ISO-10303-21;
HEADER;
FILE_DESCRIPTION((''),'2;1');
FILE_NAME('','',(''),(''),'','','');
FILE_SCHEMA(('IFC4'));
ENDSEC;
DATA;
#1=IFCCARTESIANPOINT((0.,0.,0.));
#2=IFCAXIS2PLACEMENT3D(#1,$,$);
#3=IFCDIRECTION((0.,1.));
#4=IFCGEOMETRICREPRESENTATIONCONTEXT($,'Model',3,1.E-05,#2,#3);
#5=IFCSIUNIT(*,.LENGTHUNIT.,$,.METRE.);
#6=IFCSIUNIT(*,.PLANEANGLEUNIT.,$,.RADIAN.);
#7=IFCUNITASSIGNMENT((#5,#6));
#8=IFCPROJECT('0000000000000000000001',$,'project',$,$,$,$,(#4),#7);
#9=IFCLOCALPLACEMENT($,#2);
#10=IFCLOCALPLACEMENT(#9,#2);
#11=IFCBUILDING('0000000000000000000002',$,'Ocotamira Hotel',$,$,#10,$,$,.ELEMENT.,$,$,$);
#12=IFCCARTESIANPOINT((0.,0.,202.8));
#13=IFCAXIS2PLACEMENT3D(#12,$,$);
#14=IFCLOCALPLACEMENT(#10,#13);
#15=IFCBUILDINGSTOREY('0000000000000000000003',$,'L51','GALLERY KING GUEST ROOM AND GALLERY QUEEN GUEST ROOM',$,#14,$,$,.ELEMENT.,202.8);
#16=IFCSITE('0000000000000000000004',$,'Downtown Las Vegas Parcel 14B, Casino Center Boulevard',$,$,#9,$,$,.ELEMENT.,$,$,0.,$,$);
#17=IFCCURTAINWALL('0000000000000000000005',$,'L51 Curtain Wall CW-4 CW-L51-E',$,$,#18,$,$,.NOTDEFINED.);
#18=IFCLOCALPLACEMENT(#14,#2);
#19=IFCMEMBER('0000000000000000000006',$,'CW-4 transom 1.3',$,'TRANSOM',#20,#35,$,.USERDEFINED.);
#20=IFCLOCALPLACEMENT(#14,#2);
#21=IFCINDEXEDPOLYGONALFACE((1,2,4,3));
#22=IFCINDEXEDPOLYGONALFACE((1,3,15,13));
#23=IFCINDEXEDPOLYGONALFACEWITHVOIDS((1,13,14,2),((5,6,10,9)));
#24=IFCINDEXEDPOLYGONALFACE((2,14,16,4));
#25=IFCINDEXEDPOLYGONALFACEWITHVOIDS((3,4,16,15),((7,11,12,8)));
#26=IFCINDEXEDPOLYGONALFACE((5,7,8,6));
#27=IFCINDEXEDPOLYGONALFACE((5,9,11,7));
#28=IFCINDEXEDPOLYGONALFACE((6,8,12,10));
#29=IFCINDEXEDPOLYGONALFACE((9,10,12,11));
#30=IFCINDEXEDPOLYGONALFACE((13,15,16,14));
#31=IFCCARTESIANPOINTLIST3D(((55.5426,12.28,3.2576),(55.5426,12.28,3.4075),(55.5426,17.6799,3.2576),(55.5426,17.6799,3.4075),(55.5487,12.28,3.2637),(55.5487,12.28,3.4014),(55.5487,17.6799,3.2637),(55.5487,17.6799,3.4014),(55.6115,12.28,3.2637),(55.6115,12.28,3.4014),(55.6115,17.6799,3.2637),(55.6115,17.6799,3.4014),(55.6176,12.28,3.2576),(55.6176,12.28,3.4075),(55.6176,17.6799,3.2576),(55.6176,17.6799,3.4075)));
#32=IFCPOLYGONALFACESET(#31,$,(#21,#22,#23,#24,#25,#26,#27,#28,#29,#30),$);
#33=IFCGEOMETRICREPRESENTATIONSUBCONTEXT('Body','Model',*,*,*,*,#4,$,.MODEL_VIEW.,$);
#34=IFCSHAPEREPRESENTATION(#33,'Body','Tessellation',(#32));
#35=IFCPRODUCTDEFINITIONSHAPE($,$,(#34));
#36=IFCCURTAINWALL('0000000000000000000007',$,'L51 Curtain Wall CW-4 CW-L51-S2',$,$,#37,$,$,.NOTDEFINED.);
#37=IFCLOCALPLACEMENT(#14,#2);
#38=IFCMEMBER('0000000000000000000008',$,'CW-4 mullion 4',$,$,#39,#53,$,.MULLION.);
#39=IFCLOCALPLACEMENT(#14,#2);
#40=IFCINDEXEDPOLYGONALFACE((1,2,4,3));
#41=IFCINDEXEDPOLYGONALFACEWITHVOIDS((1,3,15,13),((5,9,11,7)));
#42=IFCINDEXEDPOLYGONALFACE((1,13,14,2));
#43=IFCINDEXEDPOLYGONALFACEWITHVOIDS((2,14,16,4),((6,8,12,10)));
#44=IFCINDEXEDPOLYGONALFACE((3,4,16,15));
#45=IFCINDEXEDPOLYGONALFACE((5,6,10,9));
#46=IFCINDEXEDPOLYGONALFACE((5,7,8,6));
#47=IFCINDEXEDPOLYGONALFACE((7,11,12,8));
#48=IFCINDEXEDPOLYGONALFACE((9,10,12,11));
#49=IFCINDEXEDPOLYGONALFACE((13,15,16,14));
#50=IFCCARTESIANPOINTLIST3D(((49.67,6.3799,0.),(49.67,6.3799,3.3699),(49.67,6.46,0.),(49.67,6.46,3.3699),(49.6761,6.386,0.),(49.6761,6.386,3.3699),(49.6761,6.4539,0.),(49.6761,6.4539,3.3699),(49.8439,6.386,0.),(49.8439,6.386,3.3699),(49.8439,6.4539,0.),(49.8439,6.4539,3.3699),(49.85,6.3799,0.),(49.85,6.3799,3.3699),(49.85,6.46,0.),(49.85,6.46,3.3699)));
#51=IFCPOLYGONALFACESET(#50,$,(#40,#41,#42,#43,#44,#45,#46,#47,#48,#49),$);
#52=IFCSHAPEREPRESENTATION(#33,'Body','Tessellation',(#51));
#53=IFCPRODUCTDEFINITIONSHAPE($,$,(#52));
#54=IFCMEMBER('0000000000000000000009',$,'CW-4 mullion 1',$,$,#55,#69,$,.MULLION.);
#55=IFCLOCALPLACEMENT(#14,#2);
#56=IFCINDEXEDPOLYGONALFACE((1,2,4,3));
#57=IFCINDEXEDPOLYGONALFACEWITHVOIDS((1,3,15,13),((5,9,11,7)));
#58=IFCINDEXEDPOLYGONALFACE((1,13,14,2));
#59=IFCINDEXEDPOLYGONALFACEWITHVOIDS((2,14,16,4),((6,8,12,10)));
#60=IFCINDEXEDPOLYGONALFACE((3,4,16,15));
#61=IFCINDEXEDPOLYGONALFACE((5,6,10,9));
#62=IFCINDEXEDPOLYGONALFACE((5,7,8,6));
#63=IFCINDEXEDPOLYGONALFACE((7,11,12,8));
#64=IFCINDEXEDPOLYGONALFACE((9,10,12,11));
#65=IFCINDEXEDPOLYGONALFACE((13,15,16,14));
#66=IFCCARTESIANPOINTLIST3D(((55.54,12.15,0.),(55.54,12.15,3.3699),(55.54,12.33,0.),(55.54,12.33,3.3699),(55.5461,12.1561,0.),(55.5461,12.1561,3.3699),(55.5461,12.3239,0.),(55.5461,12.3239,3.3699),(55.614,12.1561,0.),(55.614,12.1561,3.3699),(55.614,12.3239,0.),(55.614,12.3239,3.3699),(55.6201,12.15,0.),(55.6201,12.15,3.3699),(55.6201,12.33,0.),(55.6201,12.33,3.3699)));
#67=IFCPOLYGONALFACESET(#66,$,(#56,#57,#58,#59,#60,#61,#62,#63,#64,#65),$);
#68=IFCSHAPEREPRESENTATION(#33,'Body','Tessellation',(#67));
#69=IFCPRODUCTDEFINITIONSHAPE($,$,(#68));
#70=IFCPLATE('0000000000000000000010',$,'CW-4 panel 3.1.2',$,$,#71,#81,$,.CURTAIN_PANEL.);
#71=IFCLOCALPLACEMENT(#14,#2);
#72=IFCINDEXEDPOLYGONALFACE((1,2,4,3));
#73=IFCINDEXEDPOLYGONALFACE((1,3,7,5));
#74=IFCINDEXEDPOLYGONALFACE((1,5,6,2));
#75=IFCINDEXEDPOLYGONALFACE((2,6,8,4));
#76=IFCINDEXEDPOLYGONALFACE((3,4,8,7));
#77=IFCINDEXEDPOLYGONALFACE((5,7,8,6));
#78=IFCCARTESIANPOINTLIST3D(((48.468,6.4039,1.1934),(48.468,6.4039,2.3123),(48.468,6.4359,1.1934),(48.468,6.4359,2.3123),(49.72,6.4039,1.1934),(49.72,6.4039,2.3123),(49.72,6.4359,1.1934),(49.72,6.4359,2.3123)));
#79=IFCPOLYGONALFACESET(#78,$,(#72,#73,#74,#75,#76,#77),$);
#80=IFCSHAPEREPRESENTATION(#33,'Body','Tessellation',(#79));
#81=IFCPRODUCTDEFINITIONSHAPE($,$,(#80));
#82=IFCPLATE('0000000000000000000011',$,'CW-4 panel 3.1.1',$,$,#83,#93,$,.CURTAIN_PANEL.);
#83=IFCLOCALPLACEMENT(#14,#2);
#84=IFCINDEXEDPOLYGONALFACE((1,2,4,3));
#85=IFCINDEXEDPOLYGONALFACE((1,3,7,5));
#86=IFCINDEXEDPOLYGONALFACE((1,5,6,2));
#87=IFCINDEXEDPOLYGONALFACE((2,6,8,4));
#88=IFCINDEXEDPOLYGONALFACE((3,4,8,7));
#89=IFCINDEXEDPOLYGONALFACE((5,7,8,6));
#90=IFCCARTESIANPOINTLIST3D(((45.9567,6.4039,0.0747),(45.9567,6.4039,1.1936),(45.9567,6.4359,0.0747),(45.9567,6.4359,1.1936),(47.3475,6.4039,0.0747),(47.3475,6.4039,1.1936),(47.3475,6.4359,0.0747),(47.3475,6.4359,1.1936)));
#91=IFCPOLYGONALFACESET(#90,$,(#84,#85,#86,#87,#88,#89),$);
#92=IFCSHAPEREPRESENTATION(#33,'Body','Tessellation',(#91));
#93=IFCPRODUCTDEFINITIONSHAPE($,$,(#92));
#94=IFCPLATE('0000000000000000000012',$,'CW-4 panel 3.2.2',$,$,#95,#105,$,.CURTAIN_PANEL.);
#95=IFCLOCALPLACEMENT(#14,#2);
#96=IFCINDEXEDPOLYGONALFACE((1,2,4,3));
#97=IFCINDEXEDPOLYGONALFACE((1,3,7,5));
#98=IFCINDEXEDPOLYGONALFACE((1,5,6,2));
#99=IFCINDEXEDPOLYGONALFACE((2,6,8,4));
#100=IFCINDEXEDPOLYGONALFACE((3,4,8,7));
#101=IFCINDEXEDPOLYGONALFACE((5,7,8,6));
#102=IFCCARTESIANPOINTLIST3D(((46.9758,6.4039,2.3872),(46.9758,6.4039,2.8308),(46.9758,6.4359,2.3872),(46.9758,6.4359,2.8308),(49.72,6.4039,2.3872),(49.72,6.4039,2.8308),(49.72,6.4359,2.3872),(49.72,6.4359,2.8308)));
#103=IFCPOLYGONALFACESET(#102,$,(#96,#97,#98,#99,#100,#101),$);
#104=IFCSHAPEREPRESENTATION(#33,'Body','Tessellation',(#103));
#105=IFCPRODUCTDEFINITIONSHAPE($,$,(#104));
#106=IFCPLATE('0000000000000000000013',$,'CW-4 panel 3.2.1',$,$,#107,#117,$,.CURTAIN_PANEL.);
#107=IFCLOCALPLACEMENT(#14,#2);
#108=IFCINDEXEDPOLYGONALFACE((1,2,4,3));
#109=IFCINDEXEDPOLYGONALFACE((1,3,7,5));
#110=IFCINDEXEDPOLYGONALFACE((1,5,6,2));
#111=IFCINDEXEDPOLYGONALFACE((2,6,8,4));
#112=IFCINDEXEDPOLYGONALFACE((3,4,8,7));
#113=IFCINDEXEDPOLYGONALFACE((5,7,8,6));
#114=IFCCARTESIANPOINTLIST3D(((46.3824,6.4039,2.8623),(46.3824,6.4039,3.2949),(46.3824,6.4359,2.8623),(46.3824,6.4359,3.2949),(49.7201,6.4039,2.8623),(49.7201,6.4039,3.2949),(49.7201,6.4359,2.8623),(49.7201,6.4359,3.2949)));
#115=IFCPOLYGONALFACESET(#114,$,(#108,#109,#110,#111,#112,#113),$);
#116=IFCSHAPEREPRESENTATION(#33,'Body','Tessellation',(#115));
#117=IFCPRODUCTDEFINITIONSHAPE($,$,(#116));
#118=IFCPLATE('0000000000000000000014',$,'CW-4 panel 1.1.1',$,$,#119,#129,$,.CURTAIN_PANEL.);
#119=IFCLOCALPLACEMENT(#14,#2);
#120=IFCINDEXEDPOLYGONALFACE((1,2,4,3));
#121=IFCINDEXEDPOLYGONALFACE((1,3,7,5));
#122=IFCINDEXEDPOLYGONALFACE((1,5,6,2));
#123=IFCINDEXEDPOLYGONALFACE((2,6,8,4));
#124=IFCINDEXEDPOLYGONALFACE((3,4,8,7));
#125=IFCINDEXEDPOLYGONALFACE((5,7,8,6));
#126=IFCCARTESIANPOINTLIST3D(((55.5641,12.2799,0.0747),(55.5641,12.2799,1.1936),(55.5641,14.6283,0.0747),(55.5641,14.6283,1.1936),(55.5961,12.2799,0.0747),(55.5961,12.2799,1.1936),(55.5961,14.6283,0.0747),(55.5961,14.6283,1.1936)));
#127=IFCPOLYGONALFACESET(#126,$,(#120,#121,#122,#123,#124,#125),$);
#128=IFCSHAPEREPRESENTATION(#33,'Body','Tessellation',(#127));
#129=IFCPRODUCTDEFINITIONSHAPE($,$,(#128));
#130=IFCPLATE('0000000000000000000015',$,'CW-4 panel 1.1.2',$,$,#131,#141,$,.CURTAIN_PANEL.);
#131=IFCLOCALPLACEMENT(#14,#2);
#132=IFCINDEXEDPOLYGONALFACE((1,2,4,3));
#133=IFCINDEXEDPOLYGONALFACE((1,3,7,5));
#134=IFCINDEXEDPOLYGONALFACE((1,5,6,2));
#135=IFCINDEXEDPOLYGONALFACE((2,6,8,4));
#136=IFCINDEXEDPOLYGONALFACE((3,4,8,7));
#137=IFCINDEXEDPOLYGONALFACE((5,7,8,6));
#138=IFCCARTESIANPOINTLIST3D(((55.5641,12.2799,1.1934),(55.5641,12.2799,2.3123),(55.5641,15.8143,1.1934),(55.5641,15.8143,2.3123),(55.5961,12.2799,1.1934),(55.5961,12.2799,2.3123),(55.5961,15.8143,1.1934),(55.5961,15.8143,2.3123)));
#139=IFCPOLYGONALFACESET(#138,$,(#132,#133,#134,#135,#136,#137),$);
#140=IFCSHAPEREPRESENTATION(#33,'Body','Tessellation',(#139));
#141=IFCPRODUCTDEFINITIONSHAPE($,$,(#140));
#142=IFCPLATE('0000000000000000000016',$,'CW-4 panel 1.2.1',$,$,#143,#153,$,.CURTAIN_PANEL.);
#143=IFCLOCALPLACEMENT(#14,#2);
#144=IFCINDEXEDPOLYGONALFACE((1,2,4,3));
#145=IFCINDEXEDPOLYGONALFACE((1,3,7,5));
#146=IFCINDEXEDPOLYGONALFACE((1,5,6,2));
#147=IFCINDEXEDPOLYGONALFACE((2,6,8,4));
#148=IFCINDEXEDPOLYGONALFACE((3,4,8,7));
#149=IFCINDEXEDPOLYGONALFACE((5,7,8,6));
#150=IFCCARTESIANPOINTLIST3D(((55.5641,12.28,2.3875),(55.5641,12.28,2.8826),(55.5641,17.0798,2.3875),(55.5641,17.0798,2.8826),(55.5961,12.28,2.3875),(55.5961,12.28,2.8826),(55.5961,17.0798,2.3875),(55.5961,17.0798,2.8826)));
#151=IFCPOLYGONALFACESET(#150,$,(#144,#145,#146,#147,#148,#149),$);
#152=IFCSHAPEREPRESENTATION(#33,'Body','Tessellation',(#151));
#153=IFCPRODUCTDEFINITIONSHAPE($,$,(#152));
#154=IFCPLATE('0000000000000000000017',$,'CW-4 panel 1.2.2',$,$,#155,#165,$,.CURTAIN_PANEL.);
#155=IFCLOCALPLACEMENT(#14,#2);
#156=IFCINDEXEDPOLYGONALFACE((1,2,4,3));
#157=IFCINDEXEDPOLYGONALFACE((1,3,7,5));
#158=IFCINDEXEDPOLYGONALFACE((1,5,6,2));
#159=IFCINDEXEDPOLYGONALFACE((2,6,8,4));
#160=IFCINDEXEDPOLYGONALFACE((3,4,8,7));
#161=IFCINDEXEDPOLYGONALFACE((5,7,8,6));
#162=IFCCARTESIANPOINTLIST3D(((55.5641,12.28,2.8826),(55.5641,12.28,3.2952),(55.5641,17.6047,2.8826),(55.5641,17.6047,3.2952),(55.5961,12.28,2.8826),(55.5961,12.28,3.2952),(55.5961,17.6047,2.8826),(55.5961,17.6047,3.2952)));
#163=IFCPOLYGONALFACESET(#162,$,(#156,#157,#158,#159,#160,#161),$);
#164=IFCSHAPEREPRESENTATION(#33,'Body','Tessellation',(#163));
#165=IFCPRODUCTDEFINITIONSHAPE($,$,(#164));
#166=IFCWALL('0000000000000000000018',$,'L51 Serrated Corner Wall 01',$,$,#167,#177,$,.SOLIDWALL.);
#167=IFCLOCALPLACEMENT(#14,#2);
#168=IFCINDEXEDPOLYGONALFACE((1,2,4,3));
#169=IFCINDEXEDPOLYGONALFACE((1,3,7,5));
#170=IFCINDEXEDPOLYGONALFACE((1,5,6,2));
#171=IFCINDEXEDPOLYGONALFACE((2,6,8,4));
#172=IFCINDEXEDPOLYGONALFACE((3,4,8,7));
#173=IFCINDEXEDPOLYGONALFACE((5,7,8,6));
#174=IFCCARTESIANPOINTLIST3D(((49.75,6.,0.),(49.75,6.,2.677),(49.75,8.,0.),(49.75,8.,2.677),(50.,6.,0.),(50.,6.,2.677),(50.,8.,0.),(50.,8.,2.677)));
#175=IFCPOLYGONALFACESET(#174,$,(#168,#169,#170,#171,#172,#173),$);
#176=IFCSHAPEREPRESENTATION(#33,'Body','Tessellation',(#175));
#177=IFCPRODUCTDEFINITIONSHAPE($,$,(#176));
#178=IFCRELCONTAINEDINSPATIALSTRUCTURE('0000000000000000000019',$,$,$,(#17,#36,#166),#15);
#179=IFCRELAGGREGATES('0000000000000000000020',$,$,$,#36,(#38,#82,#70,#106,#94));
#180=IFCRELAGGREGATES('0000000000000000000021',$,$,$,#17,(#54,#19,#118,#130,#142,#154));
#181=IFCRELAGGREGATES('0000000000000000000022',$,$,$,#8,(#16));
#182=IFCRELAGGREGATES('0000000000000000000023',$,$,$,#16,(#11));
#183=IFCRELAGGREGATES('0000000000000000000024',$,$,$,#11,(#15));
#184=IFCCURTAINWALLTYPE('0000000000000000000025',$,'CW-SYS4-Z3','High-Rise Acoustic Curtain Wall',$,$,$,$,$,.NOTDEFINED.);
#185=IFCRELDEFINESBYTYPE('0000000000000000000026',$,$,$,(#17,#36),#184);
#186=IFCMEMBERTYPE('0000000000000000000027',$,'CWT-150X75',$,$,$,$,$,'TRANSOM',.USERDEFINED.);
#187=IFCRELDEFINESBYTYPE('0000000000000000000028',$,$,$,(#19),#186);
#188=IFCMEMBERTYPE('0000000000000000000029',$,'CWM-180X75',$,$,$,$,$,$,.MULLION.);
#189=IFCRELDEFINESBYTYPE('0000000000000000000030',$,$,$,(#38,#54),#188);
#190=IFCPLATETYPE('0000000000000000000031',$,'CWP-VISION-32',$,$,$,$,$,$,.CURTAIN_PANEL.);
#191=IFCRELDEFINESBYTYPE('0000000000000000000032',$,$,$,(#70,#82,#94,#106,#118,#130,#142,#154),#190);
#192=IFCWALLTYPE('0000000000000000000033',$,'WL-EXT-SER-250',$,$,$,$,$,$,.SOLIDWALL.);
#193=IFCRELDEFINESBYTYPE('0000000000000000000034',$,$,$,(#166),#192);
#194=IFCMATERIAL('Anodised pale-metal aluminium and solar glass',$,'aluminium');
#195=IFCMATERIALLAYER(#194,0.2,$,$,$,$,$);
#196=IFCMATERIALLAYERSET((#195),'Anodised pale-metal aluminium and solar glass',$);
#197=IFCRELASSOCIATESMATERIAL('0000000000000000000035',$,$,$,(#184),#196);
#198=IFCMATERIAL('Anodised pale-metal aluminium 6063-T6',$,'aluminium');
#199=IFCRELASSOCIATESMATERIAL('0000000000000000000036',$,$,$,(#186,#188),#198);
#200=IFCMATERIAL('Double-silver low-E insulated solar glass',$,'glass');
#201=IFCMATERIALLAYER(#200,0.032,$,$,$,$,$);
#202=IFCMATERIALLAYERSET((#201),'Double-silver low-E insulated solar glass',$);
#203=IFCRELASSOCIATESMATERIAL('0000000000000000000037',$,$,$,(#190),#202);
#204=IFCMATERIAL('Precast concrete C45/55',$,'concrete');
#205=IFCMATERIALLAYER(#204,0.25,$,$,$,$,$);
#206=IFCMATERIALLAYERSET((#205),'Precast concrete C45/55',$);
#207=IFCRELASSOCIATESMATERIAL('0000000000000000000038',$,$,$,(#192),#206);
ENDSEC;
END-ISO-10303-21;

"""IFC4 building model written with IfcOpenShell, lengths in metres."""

from ifc_helpers import new_model, si_unit, direction, frame, frame_2d, origin, origin_2d, place, context, subcontext, project, spatial, rectangle, hollow_rectangle, extrude, source, transform, mapped, material, layer, layer_set, material_profile, profile_set, type_object, element, aggregate, save


model = new_model("IFC4")

# Units and contexts
model_context = context("Model", 3, precision=1e-05, world=origin(), true_north=direction((0.0, 1.0)))
body_context = subcontext(model_context, "Body", "Model", "MODEL_VIEW")
ifc_project = project(units=[si_unit("LENGTHUNIT", "METRE"), si_unit("PLANEANGLEUNIT", "RADIAN")], contexts=[model_context])

# Site, building, storey
site_placement = place(None, origin())
site = spatial("IfcSite", under=ifc_project, at=site_placement, Name="Downtown Las Vegas Parcel 14B, Casino Center Boulevard", CompositionType="ELEMENT", RefElevation=0.0)
building_placement = place(site_placement, origin())
building = spatial("IfcBuilding", under=site, at=building_placement, Name="Ocotamira Hotel", CompositionType="ELEMENT")
storey_placement = place(building_placement, frame((0.0, 0.0, 202.8)))
storey = spatial("IfcBuildingStorey", under=building, at=storey_placement, Name="L51", Description="GALLERY KING GUEST ROOM AND GALLERY QUEEN GUEST ROOM", CompositionType="ELEMENT", Elevation=202.8)

# Curtain wall, member
ifc_material_1 = material(Name="Anodised pale-metal aluminium and solar glass", Category="aluminium")
ifc_layer_1 = layer(ifc_material_1, 0.2)
ifc_layer_set_1 = layer_set([ifc_layer_1], Name="Anodised pale-metal aluminium and solar glass")
curtain_wall_type = type_object("IfcCurtainWallType", Name="CW-SYS4-Z3", Description="High-Rise Acoustic Curtain Wall", PredefinedType="NOTDEFINED", material=ifc_layer_set_1)
curtain_wall_1_placement = place(storey_placement, origin())
curtain_wall_1 = element("IfcCurtainWall", 1, at=curtain_wall_1_placement, inside=storey, type_object=curtain_wall_type, Name="L51 Curtain Wall CW-4 CW-L51-E", PredefinedType="NOTDEFINED")
ifc_material_2 = material(Name="Anodised pale-metal aluminium 6063-T6", Category="aluminium")
ifc_material_profile_1 = material_profile(ifc_material_2, hollow_rectangle(XDim=0.075, YDim=0.1499, WallThickness=0.0061, at=origin_2d()), Name="HSS150X75X6")
ifc_profile_set_1 = profile_set([ifc_material_profile_1], Name="Anodised pale-metal aluminium 6063-T6")
member_type_1 = type_object("IfcMemberType", Name="CWT-150X75", ElementType="TRANSOM", PredefinedType="USERDEFINED", material=ifc_profile_set_1)
shared_shape_1 = source(origin(), body_context, "Body", "SweptSolid", [
    extrude(hollow_rectangle(XDim=0.075, YDim=0.1499, WallThickness=0.0061, at=origin_2d()), origin(), (0.0, 0.0, 1.0), 5.3999),
])
member_1_placement = place(storey_placement, frame((55.5801, 12.28, 3.3325), z_axis=(0.0, 1.0, 0.0), x_axis=(-1.0, 0.0, 0.0)))
member_1 = element("IfcMember", 2, at=member_1_placement, type_object=member_type_1, Name="CW-4 transom 1.3", ObjectType="TRANSOM", PredefinedType="USERDEFINED", context=body_context, shape_type="MappedRepresentation", body=[
    mapped(shared_shape_1, transform((0.0, 0.0, 0.0), scale=1.0)),
])

# Curtain wall, member
curtain_wall_2_placement = place(storey_placement, origin())
curtain_wall_2 = element("IfcCurtainWall", 3, at=curtain_wall_2_placement, inside=storey, type_object=curtain_wall_type, Name="L51 Curtain Wall CW-4 CW-L51-S2", PredefinedType="NOTDEFINED")
ifc_material_profile_2 = material_profile(ifc_material_2, hollow_rectangle(XDim=0.0801, YDim=0.1799, WallThickness=0.0061, at=origin_2d()), Name="HSS180X80X6")
ifc_profile_set_2 = profile_set([ifc_material_profile_2], Name="Anodised pale-metal aluminium 6063-T6")
member_type_2 = type_object("IfcMemberType", Name="CWM-180X75", PredefinedType="MULLION", material=ifc_profile_set_2)
shared_shape_2 = source(origin(), body_context, "Body", "SweptSolid", [
    extrude(hollow_rectangle(XDim=0.0801, YDim=0.1799, WallThickness=0.0061, at=origin_2d()), origin(), (0.0, 0.0, 1.0), 3.3699),
])
member_2_placement = place(storey_placement, frame((49.76, 6.4199, 0.0), z_axis=(0.0, 0.0, 1.0), x_axis=(0.0, 1.0, 0.0)))
member_2 = element("IfcMember", 4, at=member_2_placement, type_object=member_type_2, Name="CW-4 mullion 4", PredefinedType="MULLION", context=body_context, shape_type="MappedRepresentation", body=[
    mapped(shared_shape_2, transform((0.0, 0.0, 0.0), scale=1.0)),
])

# Member
member_3_placement = place(storey_placement, frame((55.5801, 12.24, 0.0), z_axis=(0.0, 0.0, 1.0), x_axis=(-1.0, 0.0, 0.0)))
member_3 = element("IfcMember", 5, at=member_3_placement, type_object=member_type_2, Name="CW-4 mullion 1", PredefinedType="MULLION", context=body_context, shape_type="MappedRepresentation", body=[
    mapped(shared_shape_2, transform((0.0, 0.0, 0.0), scale=1.0)),
])

# Plates
ifc_material_3 = material(Name="Double-silver low-E insulated solar glass", Category="glass")
ifc_layer_2 = layer(ifc_material_3, 0.032)
ifc_layer_set_2 = layer_set([ifc_layer_2], Name="Double-silver low-E insulated solar glass")
plate_type = type_object("IfcPlateType", Name="CWP-VISION-32", PredefinedType="CURTAIN_PANEL", material=ifc_layer_set_2)
shared_shape_3 = source(origin(), body_context, "Body", "SweptSolid", [
    extrude(rectangle(XDim=1.252, YDim=0.032, at=origin_2d()), origin(), (0.0, 0.0, 1.0), 1.1189),
])
plate_1_placement = place(storey_placement, frame((49.094, 6.4199, 1.1934), z_axis=(0.0, 0.0, 1.0), x_axis=(1.0, 0.0, 0.0)))
plate_1 = element("IfcPlate", 6, at=plate_1_placement, type_object=plate_type, Name="CW-4 panel 3.1.2", PredefinedType="CURTAIN_PANEL", context=body_context, shape_type="MappedRepresentation", body=[
    mapped(shared_shape_3, transform((0.0, 0.0, 0.0), scale=1.0)),
])
shared_shape_4 = source(origin(), body_context, "Body", "SweptSolid", [
    extrude(rectangle(XDim=1.3909, YDim=0.032, at=origin_2d()), origin(), (0.0, 0.0, 1.0), 1.1189),
])
plate_2_placement = place(storey_placement, frame((46.6521, 6.4199, 0.0747), z_axis=(0.0, 0.0, 1.0), x_axis=(1.0, 0.0, 0.0)))
plate_2 = element("IfcPlate", 7, at=plate_2_placement, type_object=plate_type, Name="CW-4 panel 3.1.1", PredefinedType="CURTAIN_PANEL", context=body_context, shape_type="MappedRepresentation", body=[
    mapped(shared_shape_4, transform((0.0, 0.0, 0.0), scale=1.0)),
])
shared_shape_5 = source(origin(), body_context, "Body", "SweptSolid", [
    extrude(rectangle(XDim=2.7441, YDim=0.032, at=origin_2d()), origin(), (0.0, 0.0, 1.0), 0.4436),
])
plate_3_placement = place(storey_placement, frame((48.3479, 6.4199, 2.3872), z_axis=(0.0, 0.0, 1.0), x_axis=(1.0, 0.0, 0.0)))
plate_3 = element("IfcPlate", 8, at=plate_3_placement, type_object=plate_type, Name="CW-4 panel 3.2.2", PredefinedType="CURTAIN_PANEL", context=body_context, shape_type="MappedRepresentation", body=[
    mapped(shared_shape_5, transform((0.0, 0.0, 0.0), scale=1.0)),
])
shared_shape_6 = source(origin(), body_context, "Body", "SweptSolid", [
    extrude(rectangle(XDim=3.3376, YDim=0.032, at=origin_2d()), origin(), (0.0, 0.0, 1.0), 0.4326),
])
plate_4_placement = place(storey_placement, frame((48.0513, 6.4199, 2.8623), z_axis=(0.0, 0.0, 1.0), x_axis=(1.0, 0.0, 0.0)))
plate_4 = element("IfcPlate", 9, at=plate_4_placement, type_object=plate_type, Name="CW-4 panel 3.2.1", PredefinedType="CURTAIN_PANEL", context=body_context, shape_type="MappedRepresentation", body=[
    mapped(shared_shape_6, transform((0.0, 0.0, 0.0), scale=1.0)),
])
aggregate(curtain_wall_2, [member_2, plate_2, plate_1, plate_4, plate_3])
shared_shape_7 = source(origin(), body_context, "Body", "SweptSolid", [
    extrude(rectangle(XDim=2.3484, YDim=0.032, at=origin_2d()), origin(), (0.0, 0.0, 1.0), 1.1189),
])
plate_5_placement = place(storey_placement, frame((55.5801, 13.4541, 0.0747), z_axis=(0.0, 0.0, 1.0), x_axis=(0.0, 1.0, 0.0)))
plate_5 = element("IfcPlate", 10, at=plate_5_placement, type_object=plate_type, Name="CW-4 panel 1.1.1", PredefinedType="CURTAIN_PANEL", context=body_context, shape_type="MappedRepresentation", body=[
    mapped(shared_shape_7, transform((0.0, 0.0, 0.0), scale=1.0)),
])
shared_shape_8 = source(origin(), body_context, "Body", "SweptSolid", [
    extrude(rectangle(XDim=3.5344, YDim=0.032, at=origin_2d()), origin(), (0.0, 0.0, 1.0), 1.1189),
])
plate_6_placement = place(storey_placement, frame((55.5801, 14.0471, 1.1934), z_axis=(0.0, 0.0, 1.0), x_axis=(0.0, 1.0, 0.0)))
plate_6 = element("IfcPlate", 11, at=plate_6_placement, type_object=plate_type, Name="CW-4 panel 1.1.2", PredefinedType="CURTAIN_PANEL", context=body_context, shape_type="MappedRepresentation", body=[
    mapped(shared_shape_8, transform((0.0, 0.0, 0.0), scale=1.0)),
])
shared_shape_9 = source(origin(), body_context, "Body", "SweptSolid", [
    extrude(rectangle(XDim=4.7998, YDim=0.032, at=origin_2d()), origin(), (0.0, 0.0, 1.0), 0.4951),
])
plate_7_placement = place(storey_placement, frame((55.5801, 14.6799, 2.3875), z_axis=(0.0, 0.0, 1.0), x_axis=(0.0, 1.0, 0.0)))
plate_7 = element("IfcPlate", 12, at=plate_7_placement, type_object=plate_type, Name="CW-4 panel 1.2.1", PredefinedType="CURTAIN_PANEL", context=body_context, shape_type="MappedRepresentation", body=[
    mapped(shared_shape_9, transform((0.0, 0.0, 0.0), scale=1.0)),
])
shared_shape_10 = source(origin(), body_context, "Body", "SweptSolid", [
    extrude(rectangle(XDim=5.3247, YDim=0.032, at=origin_2d()), origin(), (0.0, 0.0, 1.0), 0.4126),
])
plate_8_placement = place(storey_placement, frame((55.5801, 14.9424, 2.8826), z_axis=(0.0, 0.0, 1.0), x_axis=(0.0, 1.0, 0.0)))
plate_8 = element("IfcPlate", 13, at=plate_8_placement, type_object=plate_type, Name="CW-4 panel 1.2.2", PredefinedType="CURTAIN_PANEL", context=body_context, shape_type="MappedRepresentation", body=[
    mapped(shared_shape_10, transform((0.0, 0.0, 0.0), scale=1.0)),
])
aggregate(curtain_wall_1, [member_3, member_1, plate_5, plate_6, plate_7, plate_8])

# Wall
ifc_material_4 = material(Name="Precast concrete C45/55", Category="concrete")
ifc_layer_3 = layer(ifc_material_4, 0.25)
ifc_layer_set_3 = layer_set([ifc_layer_3], Name="Precast concrete C45/55")
wall_type_1 = type_object("IfcWallType", Name="WL-EXT-SER-250", PredefinedType="SOLIDWALL", material=ifc_layer_set_3)
wall_1_placement = place(storey_placement, frame((49.875, 6.0, 0.0), z_axis=(0.0, 0.0, 1.0), x_axis=(0.0, 1.0, 0.0)))
element("IfcWall", 14, at=wall_1_placement, inside=storey, type_object=wall_type_1, Name="L51 Serrated Corner Wall 01", PredefinedType="SOLIDWALL", context=body_context, shape_type="SweptSolid", body=[
    extrude(rectangle(XDim=2.0, YDim=0.25, at=frame_2d((1.0, 0.0))), origin(), (0.0, 0.0, 1.0), 2.677),
])

save(model, "model.ifc")
